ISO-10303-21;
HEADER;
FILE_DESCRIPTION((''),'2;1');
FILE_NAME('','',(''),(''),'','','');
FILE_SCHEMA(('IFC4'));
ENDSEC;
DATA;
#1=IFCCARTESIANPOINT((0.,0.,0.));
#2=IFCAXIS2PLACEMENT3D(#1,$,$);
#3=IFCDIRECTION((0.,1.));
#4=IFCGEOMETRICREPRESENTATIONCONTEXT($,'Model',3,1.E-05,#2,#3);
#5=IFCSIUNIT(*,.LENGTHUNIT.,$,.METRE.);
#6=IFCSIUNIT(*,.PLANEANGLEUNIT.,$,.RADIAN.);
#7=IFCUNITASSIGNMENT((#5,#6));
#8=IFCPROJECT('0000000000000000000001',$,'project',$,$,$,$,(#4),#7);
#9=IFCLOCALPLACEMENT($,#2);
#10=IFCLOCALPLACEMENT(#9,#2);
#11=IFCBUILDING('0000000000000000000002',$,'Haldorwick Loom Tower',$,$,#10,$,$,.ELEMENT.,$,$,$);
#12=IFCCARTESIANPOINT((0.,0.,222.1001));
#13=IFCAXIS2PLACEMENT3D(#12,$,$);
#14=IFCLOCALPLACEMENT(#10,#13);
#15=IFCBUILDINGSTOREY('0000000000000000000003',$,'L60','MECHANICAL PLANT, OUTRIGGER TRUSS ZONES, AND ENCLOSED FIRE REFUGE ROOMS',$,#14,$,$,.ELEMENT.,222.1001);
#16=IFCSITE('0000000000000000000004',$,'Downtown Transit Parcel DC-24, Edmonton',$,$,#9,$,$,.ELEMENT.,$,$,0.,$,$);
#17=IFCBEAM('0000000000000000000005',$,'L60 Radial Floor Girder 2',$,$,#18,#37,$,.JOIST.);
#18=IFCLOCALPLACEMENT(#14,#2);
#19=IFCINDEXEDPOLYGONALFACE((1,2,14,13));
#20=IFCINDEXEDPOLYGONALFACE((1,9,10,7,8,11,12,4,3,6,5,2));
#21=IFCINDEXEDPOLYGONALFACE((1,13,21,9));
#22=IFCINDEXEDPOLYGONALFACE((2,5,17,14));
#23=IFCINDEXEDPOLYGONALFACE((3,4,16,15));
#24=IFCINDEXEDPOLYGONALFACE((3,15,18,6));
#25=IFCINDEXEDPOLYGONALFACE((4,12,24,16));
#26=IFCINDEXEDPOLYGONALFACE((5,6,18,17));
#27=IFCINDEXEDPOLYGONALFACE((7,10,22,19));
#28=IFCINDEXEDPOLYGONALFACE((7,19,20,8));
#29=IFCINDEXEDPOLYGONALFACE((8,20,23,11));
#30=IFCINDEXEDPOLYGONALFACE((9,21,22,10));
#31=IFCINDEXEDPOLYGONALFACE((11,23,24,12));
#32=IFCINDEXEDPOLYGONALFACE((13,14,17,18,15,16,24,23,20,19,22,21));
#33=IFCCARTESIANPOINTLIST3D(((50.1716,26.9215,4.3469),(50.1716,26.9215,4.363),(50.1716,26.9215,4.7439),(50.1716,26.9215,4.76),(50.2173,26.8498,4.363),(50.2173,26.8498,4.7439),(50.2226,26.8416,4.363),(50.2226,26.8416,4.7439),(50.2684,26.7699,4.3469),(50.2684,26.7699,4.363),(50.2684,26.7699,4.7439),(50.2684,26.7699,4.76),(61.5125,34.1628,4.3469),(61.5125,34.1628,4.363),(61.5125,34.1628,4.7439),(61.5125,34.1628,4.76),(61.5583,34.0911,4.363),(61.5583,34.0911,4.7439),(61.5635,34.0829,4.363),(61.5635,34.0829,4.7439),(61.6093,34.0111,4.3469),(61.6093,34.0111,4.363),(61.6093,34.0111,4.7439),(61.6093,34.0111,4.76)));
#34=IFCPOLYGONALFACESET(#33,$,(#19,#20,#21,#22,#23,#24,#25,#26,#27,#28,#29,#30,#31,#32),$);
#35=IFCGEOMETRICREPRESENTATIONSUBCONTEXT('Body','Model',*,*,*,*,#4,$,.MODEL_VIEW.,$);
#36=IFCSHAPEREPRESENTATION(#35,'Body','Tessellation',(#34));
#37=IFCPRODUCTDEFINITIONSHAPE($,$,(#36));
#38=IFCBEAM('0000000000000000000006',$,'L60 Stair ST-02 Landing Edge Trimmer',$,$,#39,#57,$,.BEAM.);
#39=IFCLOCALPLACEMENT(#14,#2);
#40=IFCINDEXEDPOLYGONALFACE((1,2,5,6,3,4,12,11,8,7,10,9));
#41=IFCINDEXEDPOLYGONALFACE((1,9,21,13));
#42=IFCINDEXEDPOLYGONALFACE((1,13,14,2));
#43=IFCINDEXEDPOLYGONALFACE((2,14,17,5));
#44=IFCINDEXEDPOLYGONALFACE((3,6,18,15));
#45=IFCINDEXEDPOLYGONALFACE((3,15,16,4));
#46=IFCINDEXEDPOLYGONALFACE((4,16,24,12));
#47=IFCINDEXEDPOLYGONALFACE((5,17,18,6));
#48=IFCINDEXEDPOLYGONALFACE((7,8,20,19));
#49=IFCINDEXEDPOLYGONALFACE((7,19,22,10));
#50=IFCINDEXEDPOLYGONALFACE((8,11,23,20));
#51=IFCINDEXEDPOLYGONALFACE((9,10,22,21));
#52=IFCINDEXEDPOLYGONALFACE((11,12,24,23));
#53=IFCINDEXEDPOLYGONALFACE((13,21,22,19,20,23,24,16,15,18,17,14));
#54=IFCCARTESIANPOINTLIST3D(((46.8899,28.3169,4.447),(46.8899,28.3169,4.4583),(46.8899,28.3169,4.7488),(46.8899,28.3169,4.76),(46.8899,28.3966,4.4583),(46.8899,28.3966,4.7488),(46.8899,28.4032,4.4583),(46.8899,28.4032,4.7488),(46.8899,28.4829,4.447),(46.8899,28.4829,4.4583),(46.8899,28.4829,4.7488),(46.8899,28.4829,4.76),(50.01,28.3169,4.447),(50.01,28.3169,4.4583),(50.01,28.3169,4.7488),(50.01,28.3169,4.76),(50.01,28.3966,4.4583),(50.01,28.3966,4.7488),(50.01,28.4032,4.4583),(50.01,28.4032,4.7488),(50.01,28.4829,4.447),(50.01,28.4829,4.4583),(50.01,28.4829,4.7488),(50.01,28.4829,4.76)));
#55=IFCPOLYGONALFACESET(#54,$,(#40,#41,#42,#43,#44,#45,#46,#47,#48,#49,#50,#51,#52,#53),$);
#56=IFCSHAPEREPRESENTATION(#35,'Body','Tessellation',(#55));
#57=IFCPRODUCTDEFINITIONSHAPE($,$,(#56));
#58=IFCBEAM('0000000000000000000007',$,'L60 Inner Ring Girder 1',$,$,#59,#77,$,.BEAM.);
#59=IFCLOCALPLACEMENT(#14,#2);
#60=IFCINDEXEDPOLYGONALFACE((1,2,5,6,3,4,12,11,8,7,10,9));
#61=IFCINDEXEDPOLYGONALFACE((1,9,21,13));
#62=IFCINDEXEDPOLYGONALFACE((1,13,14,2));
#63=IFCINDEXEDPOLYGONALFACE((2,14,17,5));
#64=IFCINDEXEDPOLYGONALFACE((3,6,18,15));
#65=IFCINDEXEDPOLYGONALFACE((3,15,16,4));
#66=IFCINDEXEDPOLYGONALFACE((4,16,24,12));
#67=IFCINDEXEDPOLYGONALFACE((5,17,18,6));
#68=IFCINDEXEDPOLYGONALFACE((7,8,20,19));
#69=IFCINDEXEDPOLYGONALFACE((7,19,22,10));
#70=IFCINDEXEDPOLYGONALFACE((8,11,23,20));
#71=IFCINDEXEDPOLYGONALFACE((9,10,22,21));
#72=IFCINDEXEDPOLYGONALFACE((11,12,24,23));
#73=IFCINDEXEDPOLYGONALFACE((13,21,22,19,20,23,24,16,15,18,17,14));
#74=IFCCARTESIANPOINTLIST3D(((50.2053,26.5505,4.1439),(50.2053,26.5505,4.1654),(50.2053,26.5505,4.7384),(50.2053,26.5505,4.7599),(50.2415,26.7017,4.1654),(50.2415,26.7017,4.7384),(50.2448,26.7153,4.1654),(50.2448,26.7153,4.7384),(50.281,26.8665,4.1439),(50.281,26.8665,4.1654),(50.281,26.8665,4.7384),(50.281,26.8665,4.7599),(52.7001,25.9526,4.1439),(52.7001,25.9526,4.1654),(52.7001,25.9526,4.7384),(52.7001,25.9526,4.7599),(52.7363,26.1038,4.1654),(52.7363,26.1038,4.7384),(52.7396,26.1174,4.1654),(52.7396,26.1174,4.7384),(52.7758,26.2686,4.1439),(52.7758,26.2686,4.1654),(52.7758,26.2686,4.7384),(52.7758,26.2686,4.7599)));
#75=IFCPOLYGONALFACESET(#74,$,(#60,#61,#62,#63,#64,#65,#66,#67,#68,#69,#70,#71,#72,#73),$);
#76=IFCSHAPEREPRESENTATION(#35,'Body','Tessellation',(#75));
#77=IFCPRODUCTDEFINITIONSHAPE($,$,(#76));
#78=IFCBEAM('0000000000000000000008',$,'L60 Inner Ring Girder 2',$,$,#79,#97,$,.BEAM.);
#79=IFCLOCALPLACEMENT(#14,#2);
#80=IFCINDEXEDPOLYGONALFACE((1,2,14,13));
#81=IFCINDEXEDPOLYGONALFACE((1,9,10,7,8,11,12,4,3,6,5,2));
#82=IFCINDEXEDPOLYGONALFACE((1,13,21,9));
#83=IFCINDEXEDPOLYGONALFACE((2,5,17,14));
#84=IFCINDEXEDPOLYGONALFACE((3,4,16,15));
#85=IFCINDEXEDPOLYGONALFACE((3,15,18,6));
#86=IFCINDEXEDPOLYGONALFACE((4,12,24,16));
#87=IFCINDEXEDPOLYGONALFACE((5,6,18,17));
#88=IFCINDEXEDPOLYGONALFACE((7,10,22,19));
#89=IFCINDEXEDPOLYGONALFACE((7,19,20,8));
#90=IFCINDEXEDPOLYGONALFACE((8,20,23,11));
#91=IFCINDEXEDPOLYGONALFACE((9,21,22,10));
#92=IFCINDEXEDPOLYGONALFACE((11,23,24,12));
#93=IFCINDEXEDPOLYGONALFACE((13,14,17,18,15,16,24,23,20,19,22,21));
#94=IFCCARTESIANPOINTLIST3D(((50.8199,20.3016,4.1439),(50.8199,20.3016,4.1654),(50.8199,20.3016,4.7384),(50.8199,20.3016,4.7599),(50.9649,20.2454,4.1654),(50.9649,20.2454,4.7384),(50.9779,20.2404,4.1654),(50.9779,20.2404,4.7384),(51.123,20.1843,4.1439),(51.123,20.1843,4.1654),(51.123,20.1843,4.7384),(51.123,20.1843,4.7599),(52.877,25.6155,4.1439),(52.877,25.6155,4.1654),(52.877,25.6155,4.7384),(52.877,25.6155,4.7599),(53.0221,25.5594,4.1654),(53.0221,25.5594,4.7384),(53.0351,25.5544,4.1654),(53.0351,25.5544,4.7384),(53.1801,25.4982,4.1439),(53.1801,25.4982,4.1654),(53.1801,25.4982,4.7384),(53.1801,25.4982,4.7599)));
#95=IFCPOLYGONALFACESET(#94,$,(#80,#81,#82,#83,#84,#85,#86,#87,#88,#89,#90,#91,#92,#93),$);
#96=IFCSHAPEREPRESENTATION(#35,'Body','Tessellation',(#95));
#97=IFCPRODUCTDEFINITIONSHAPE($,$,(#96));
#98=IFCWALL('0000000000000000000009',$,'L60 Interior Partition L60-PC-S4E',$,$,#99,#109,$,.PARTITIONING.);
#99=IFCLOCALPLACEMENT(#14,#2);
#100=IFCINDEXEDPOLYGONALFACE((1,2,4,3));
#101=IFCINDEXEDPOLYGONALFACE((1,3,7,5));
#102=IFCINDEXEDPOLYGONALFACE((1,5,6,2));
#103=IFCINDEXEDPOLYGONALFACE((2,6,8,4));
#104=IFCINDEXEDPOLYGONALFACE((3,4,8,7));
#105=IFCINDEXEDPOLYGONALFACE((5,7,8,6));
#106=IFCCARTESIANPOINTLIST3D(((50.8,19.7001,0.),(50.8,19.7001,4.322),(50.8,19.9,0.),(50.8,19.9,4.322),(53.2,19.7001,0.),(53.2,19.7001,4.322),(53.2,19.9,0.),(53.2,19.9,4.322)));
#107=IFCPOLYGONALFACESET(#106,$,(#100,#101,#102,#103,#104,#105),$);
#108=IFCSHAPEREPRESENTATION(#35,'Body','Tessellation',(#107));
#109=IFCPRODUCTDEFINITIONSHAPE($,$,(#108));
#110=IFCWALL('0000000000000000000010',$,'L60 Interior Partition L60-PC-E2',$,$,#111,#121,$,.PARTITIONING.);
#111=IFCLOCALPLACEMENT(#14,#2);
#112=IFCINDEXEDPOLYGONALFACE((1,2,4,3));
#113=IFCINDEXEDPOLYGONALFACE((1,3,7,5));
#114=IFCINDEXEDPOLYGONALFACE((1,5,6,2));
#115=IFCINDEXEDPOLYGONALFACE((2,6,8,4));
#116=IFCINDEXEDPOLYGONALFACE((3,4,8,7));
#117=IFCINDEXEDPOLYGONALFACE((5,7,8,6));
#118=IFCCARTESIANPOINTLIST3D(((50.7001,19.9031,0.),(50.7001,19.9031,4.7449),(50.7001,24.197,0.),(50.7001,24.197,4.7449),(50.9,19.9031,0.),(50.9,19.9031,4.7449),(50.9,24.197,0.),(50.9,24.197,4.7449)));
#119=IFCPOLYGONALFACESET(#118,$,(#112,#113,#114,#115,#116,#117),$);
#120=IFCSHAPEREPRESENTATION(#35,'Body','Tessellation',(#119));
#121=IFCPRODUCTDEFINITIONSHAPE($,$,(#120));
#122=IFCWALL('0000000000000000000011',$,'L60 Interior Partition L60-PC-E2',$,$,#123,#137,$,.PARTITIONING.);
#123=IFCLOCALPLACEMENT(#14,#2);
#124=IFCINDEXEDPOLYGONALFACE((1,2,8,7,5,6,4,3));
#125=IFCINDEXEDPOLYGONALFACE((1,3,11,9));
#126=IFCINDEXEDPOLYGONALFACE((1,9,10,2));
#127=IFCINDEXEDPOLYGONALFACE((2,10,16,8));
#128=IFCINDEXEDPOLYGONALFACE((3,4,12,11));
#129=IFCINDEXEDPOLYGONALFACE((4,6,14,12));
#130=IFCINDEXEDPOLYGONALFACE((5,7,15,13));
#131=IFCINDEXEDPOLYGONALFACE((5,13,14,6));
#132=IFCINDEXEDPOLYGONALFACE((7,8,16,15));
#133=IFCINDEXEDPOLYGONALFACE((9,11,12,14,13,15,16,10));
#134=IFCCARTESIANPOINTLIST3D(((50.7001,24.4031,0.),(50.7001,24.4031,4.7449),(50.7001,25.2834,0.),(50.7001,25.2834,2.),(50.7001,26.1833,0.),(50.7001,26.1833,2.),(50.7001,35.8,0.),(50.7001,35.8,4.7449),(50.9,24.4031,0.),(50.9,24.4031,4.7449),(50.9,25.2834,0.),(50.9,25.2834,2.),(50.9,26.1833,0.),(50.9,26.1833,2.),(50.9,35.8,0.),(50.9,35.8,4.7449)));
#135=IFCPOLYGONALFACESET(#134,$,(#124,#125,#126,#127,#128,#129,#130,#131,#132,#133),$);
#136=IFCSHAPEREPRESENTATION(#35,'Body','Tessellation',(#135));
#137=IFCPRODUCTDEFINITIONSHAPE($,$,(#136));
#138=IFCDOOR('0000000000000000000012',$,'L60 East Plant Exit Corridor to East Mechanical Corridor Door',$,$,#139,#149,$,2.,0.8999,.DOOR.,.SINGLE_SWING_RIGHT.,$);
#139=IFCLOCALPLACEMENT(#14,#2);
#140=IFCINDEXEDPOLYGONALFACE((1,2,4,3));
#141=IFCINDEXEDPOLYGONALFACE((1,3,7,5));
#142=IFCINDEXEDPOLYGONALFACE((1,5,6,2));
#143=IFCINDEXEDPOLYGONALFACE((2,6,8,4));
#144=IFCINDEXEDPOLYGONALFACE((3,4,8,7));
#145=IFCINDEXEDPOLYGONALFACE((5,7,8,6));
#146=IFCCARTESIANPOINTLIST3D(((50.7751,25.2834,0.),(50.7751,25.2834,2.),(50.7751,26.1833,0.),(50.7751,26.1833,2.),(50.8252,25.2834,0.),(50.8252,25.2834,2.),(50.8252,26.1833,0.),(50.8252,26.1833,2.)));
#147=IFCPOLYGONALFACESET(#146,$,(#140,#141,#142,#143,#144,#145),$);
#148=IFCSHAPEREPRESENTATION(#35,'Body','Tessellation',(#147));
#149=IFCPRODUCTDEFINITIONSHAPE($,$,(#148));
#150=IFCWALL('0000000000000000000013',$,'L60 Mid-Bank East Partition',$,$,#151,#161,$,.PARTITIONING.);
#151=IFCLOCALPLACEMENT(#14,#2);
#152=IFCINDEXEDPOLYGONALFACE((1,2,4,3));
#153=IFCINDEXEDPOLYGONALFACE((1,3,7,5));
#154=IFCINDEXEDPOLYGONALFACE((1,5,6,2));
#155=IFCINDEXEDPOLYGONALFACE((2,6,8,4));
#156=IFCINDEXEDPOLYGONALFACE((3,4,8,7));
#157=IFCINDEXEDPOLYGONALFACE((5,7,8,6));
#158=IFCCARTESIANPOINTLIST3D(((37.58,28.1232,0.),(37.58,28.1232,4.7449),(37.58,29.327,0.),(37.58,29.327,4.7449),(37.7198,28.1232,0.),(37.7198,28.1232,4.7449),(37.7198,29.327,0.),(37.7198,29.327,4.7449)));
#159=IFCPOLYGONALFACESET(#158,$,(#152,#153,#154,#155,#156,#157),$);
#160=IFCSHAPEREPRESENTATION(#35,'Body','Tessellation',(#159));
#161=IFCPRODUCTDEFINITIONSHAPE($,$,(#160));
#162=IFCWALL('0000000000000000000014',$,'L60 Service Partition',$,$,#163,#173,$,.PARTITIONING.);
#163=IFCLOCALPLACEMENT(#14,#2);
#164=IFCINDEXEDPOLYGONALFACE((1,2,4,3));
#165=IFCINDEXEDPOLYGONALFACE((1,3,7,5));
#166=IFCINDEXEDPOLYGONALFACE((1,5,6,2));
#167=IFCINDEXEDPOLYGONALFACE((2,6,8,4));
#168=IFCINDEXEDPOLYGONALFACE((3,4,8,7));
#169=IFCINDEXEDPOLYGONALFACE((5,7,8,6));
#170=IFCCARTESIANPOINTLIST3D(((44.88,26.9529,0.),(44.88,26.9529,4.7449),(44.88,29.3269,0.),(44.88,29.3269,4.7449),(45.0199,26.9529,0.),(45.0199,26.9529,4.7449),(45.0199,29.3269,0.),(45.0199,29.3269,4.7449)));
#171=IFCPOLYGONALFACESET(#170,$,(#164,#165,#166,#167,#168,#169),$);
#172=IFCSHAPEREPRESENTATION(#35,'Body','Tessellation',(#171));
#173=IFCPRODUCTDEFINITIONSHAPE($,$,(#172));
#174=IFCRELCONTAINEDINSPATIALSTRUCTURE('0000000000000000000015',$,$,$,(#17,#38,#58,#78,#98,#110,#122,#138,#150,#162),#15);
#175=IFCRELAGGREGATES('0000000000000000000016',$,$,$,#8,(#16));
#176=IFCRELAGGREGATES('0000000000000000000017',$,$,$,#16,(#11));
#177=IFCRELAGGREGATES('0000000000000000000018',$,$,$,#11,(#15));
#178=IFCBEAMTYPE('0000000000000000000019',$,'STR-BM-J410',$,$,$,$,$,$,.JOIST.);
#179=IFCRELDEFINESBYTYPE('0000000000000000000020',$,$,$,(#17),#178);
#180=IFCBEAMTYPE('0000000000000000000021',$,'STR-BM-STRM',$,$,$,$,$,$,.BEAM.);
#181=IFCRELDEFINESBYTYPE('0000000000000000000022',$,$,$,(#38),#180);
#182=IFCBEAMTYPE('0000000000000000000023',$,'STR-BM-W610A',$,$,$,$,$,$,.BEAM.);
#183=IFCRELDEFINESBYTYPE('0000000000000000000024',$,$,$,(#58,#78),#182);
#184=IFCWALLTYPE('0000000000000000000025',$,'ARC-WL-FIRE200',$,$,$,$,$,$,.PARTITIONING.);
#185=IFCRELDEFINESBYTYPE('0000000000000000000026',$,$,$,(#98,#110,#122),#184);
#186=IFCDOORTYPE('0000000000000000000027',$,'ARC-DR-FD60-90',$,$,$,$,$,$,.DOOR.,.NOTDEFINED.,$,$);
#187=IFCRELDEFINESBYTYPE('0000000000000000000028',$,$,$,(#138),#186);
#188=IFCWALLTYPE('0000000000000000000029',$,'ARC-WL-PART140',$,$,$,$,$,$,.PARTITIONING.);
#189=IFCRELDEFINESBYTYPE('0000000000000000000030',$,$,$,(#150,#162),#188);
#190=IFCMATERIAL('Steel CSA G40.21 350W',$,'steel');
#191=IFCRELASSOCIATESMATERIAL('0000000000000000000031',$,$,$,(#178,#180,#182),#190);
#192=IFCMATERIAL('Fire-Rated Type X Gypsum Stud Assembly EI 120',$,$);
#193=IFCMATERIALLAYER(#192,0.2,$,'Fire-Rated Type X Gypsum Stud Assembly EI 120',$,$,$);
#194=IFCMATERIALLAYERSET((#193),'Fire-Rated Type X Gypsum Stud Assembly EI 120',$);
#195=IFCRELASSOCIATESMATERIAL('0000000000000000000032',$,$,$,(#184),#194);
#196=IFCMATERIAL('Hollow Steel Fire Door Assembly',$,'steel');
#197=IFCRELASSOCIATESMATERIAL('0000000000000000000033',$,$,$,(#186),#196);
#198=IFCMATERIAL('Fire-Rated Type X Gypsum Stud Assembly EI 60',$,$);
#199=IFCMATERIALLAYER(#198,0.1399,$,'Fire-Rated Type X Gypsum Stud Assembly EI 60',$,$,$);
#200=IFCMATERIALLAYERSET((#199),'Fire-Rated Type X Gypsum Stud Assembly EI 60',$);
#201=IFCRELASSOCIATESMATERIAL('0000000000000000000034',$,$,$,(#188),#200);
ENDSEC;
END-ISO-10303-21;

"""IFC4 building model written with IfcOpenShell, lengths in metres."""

from ifc_helpers import new_model, si_unit, direction, frame, frame_2d, origin, origin_2d, place, context, subcontext, project, spatial, rectangle, i_section, extrude, material, layer, layer_set, material_profile, profile_set, type_object, element, fill, save


model = new_model("IFC4")

# Units and contexts
model_context = context("Model", 3, precision=1e-05, world=origin(), true_north=direction((0.0, 1.0)))
body_context = subcontext(model_context, "Body", "Model", "MODEL_VIEW")
ifc_project = project(units=[si_unit("LENGTHUNIT", "METRE"), si_unit("PLANEANGLEUNIT", "RADIAN")], contexts=[model_context])

# Site, building, storey
site_placement = place(None, origin())
site = spatial("IfcSite", under=ifc_project, at=site_placement, Name="Downtown Transit Parcel DC-24, Edmonton", CompositionType="ELEMENT", RefElevation=0.0)
building_placement = place(site_placement, origin())
building = spatial("IfcBuilding", under=site, at=building_placement, Name="Haldorwick Loom Tower", CompositionType="ELEMENT")
storey_placement = place(building_placement, frame((0.0, 0.0, 222.1001)))
storey = spatial("IfcBuildingStorey", under=building, at=storey_placement, Name="L60", Description="MECHANICAL PLANT, OUTRIGGER TRUSS ZONES, AND ENCLOSED FIRE REFUGE ROOMS", CompositionType="ELEMENT", Elevation=222.1001)

# Shared definitions
ifc_material_1 = material(Name="Steel CSA G40.21 350W", Category="steel")

# Beams
ifc_material_profile_1 = material_profile(ifc_material_1, i_section(OverallWidth=0.1799, OverallDepth=0.4131, WebThickness=0.0098, FlangeThickness=0.0161, at=origin_2d()), Name="W410X74", Category="steel")
ifc_profile_set_1 = profile_set([ifc_material_profile_1], Name="Steel CSA G40.21 350W")
beam_type_1 = type_object("IfcBeamType", Name="STR-BM-J410", PredefinedType="JOIST", material=ifc_profile_set_1)
beam_1_placement = place(storey_placement, frame((50.22, 26.8457, 4.5535), z_axis=(0.842842, 0.538162, 0.0), x_axis=(-0.538162, 0.842842, 0.0)))
element("IfcBeam", 1, at=beam_1_placement, inside=storey, type_object=beam_type_1, Name="L60 Radial Floor Girder 2", PredefinedType="JOIST", context=body_context, shape_type="SweptSolid", body=[
    extrude(i_section(OverallWidth=0.1799, OverallDepth=0.4131, WebThickness=0.0098, FlangeThickness=0.0161, at=origin_2d()), origin(), (0.0, 0.0, 1.0), 13.4556),
])
ifc_material_profile_2 = material_profile(ifc_material_1, i_section(OverallWidth=0.166, OverallDepth=0.313, WebThickness=0.0066, FlangeThickness=0.0112, at=origin_2d()), Name="W310X45", Category="steel")
ifc_profile_set_2 = profile_set([ifc_material_profile_2], Name="Steel CSA G40.21 350W")
beam_type_2 = type_object("IfcBeamType", Name="STR-BM-STRM", PredefinedType="BEAM", material=ifc_profile_set_2)
beam_2_placement = place(storey_placement, frame((46.8899, 28.3999, 4.6035), z_axis=(1.0, 0.0, 0.0), x_axis=(0.0, 1.0, 0.0)))
element("IfcBeam", 2, at=beam_2_placement, inside=storey, type_object=beam_type_2, Name="L60 Stair ST-02 Landing Edge Trimmer", PredefinedType="BEAM", context=body_context, shape_type="SweptSolid", body=[
    extrude(i_section(OverallWidth=0.166, OverallDepth=0.313, WebThickness=0.0066, FlangeThickness=0.0112, at=origin_2d()), origin(), (0.0, 0.0, 1.0), 3.1201),
])
ifc_material_profile_3 = material_profile(ifc_material_1, i_section(OverallWidth=0.325, OverallDepth=0.616, WebThickness=0.0139, FlangeThickness=0.0215, at=origin_2d()), Name="W610X174", Category="steel")
ifc_profile_set_3 = profile_set([ifc_material_profile_3], Name="Steel CSA G40.21 350W")
beam_type_3 = type_object("IfcBeamType", Name="STR-BM-W610A", PredefinedType="BEAM", material=ifc_profile_set_3)
beam_3_placement = place(storey_placement, frame((50.2432, 26.7085, 4.4519), z_axis=(0.972464, -0.233053, 0.0), x_axis=(0.233053, 0.972464, 0.0)))
element("IfcBeam", 3, at=beam_3_placement, inside=storey, type_object=beam_type_3, Name="L60 Inner Ring Girder 1", PredefinedType="BEAM", context=body_context, shape_type="SweptSolid", body=[
    extrude(i_section(OverallWidth=0.325, OverallDepth=0.616, WebThickness=0.0139, FlangeThickness=0.0215, at=origin_2d()), origin(), (0.0, 0.0, 1.0), 2.5654),
])
beam_4_placement = place(storey_placement, frame((53.0286, 25.5569, 4.4519), z_axis=(-0.361011, -0.932562, 0.0), x_axis=(0.932562, -0.361011, 0.0)))
element("IfcBeam", 4, at=beam_4_placement, inside=storey, type_object=beam_type_3, Name="L60 Inner Ring Girder 2", PredefinedType="BEAM", context=body_context, shape_type="SweptSolid", body=[
    extrude(i_section(OverallWidth=0.325, OverallDepth=0.616, WebThickness=0.0139, FlangeThickness=0.0215, at=origin_2d()), origin(), (0.0, 0.0, 1.0), 5.6982),
])

# Walls
ifc_material_2 = material(Name="Fire-Rated Type X Gypsum Stud Assembly EI 120")
ifc_layer_1 = layer(ifc_material_2, 0.2, Name="Fire-Rated Type X Gypsum Stud Assembly EI 120")
ifc_layer_set_1 = layer_set([ifc_layer_1], Name="Fire-Rated Type X Gypsum Stud Assembly EI 120")
wall_type_1 = type_object("IfcWallType", Name="ARC-WL-FIRE200", PredefinedType="PARTITIONING", material=ifc_layer_set_1)
wall_1_placement = place(storey_placement, frame((50.8, 19.8, 0.0), z_axis=(0.0, 0.0, 1.0), x_axis=(1.0, 0.0, 0.0)))
element("IfcWall", 5, at=wall_1_placement, inside=storey, type_object=wall_type_1, Name="L60 Interior Partition L60-PC-S4E", PredefinedType="PARTITIONING", context=body_context, shape_type="SweptSolid", body=[
    extrude(rectangle(XDim=2.3999, YDim=0.2, at=frame_2d((1.2, 0.0))), origin(), (0.0, 0.0, 1.0), 4.322),
])
wall_2_placement = place(storey_placement, frame((50.8, 19.9031, 0.0), z_axis=(0.0, 0.0, 1.0), x_axis=(0.0, 1.0, 0.0)))
element("IfcWall", 6, at=wall_2_placement, inside=storey, type_object=wall_type_1, Name="L60 Interior Partition L60-PC-E2", PredefinedType="PARTITIONING", context=body_context, shape_type="SweptSolid", body=[
    extrude(rectangle(XDim=4.2939, YDim=0.2, at=frame_2d((2.147, 0.0))), origin(), (0.0, 0.0, 1.0), 4.7449),
])

# Wall, opening, door
wall_3_placement = place(storey_placement, frame((50.8, 24.4031, 0.0), z_axis=(0.0, 0.0, 1.0), x_axis=(0.0, 1.0, 0.0)))
wall_3 = element("IfcWall", 7, at=wall_3_placement, inside=storey, type_object=wall_type_1, Name="L60 Interior Partition L60-PC-E2", PredefinedType="PARTITIONING", context=body_context, shape_type="SweptSolid", body=[
    extrude(rectangle(XDim=11.397, YDim=0.2, at=frame_2d((5.6985, 0.0))), origin(), (0.0, 0.0, 1.0), 4.7449),
])
opening_placement = place(wall_3_placement, frame((0.8804, 0.0, 0.0)))
opening = element("IfcOpeningElement", 8, at=opening_placement, cuts=wall_3, PredefinedType="OPENING", context=body_context, shape_type="SweptSolid", body=[
    extrude(rectangle(XDim=0.8999, YDim=2.0, at=frame_2d((0.45, 1.0))), frame((0.0, 0.1099, 0.0), z_axis=(0.0, -1.0, 0.0), x_axis=(1.0, 0.0, 0.0)), (0.0, 0.0, 1.0), 0.22),
])
ifc_material_3 = material(Name="Hollow Steel Fire Door Assembly", Category="steel")
door_type = type_object("IfcDoorType", Name="ARC-DR-FD60-90", OperationType="NOTDEFINED", PredefinedType="DOOR", material=ifc_material_3)
door_placement = place(opening_placement, origin())
door = element("IfcDoor", 9, at=door_placement, inside=storey, type_object=door_type, Name="L60 East Plant Exit Corridor to East Mechanical Corridor Door", OperationType="SINGLE_SWING_RIGHT", OverallHeight=2.0, OverallWidth=0.8999, PredefinedType="DOOR", context=body_context, shape_type="SweptSolid", body=[
    extrude(rectangle(XDim=0.8999, YDim=2.0, at=frame_2d((0.45, 1.0))), frame((0.0, 0.0249, 0.0), z_axis=(0.0, -1.0, 0.0), x_axis=(1.0, 0.0, 0.0)), (0.0, 0.0, 1.0), 0.05),
])
fill(opening, door)

# Walls
ifc_material_4 = material(Name="Fire-Rated Type X Gypsum Stud Assembly EI 60")
ifc_layer_2 = layer(ifc_material_4, 0.1399, Name="Fire-Rated Type X Gypsum Stud Assembly EI 60")
ifc_layer_set_2 = layer_set([ifc_layer_2], Name="Fire-Rated Type X Gypsum Stud Assembly EI 60")
wall_type_2 = type_object("IfcWallType", Name="ARC-WL-PART140", PredefinedType="PARTITIONING", material=ifc_layer_set_2)
wall_4_placement = place(storey_placement, frame((37.6499, 28.123, 0.0), z_axis=(0.0, 0.0, 1.0), x_axis=(0.0, 1.0, 0.0)))
element("IfcWall", 10, at=wall_4_placement, inside=storey, type_object=wall_type_2, Name="L60 Mid-Bank East Partition", PredefinedType="PARTITIONING", context=body_context, shape_type="SweptSolid", body=[
    extrude(rectangle(XDim=1.2039, YDim=0.1399, at=frame_2d((0.6021, 0.0))), origin(), (0.0, 0.0, 1.0), 4.7449),
])
wall_5_placement = place(storey_placement, frame((44.95, 26.9529, 0.0), z_axis=(0.0, 0.0, 1.0), x_axis=(0.0, 1.0, 0.0)))
element("IfcWall", 11, at=wall_5_placement, inside=storey, type_object=wall_type_2, Name="L60 Service Partition", PredefinedType="PARTITIONING", context=body_context, shape_type="SweptSolid", body=[
    extrude(rectangle(XDim=2.374, YDim=0.1399, at=frame_2d((1.187, 0.0))), origin(), (0.0, 0.0, 1.0), 4.7449),
])

save(model, "model.ifc")
